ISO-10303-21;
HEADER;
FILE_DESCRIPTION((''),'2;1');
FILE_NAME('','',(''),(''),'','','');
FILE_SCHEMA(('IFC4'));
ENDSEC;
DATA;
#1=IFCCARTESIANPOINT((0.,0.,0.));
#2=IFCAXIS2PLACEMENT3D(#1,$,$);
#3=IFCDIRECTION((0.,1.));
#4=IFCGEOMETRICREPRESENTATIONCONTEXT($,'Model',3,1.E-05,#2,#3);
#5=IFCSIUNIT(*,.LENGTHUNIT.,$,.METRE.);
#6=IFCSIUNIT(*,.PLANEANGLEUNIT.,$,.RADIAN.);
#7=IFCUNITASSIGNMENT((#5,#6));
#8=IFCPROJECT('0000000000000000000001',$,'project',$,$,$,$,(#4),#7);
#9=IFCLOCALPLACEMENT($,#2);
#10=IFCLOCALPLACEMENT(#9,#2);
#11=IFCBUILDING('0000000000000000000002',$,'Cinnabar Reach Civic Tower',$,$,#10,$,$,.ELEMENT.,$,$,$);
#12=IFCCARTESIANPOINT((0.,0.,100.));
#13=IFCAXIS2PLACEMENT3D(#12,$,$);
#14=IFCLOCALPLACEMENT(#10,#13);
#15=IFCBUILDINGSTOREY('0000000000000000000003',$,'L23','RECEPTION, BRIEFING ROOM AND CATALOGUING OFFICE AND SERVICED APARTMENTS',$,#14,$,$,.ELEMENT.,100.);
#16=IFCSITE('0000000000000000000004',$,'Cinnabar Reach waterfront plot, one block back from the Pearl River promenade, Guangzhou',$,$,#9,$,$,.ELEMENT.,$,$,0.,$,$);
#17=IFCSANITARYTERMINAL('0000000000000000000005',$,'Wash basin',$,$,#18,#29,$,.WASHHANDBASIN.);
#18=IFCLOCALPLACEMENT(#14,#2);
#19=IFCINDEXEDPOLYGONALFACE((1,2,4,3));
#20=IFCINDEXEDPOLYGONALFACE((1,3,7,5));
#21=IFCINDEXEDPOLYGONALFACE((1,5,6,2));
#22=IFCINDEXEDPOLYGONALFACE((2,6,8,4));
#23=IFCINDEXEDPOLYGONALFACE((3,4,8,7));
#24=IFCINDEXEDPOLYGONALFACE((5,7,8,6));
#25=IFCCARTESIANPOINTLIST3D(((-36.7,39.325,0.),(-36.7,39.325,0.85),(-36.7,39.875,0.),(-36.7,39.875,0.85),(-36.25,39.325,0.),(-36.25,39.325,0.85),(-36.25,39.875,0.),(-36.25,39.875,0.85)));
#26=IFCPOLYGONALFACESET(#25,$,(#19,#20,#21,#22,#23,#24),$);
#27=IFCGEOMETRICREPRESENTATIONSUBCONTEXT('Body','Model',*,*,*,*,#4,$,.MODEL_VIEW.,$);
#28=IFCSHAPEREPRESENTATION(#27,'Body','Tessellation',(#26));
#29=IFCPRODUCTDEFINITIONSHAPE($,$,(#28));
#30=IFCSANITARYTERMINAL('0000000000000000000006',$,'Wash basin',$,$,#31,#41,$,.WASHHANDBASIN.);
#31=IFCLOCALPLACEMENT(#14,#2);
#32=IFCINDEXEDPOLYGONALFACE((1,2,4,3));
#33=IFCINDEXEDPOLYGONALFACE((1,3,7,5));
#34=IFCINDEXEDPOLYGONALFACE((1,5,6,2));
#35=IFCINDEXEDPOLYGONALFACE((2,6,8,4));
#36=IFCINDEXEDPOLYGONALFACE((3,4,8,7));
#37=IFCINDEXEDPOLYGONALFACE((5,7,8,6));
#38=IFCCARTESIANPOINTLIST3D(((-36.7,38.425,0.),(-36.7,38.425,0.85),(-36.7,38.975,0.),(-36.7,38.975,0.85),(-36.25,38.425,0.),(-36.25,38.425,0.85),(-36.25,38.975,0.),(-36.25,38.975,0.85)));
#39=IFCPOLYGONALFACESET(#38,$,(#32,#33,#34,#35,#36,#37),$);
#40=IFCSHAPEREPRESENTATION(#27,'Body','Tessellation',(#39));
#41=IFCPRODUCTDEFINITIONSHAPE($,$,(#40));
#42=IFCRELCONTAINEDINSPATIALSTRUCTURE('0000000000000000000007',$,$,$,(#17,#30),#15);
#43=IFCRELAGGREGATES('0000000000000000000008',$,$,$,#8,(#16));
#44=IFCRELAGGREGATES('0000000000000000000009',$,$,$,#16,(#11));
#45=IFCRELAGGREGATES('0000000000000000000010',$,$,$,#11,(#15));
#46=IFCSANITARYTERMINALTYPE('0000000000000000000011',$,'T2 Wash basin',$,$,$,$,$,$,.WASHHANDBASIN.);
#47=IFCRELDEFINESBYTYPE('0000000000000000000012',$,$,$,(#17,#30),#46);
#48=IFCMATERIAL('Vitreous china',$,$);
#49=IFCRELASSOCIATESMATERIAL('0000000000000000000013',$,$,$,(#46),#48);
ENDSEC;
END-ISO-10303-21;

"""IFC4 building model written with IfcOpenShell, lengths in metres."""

from ifc_helpers import new_model, si_unit, direction, frame, origin, origin_2d, place, context, subcontext, project, spatial, rectangle, extrude, material, type_object, element, save


model = new_model("IFC4")

# Units and contexts
model_context = context("Model", 3, precision=1e-05, world=origin(), true_north=direction((0.0, 1.0)))
body_context = subcontext(model_context, "Body", "Model", "MODEL_VIEW")
ifc_project = project(units=[si_unit("LENGTHUNIT", "METRE"), si_unit("PLANEANGLEUNIT", "RADIAN")], contexts=[model_context])

# Site, building, storey
site_placement = place(None, origin())
site = spatial("IfcSite", under=ifc_project, at=site_placement, Name="Cinnabar Reach waterfront plot, one block back from the Pearl River promenade, Guangzhou", CompositionType="ELEMENT", RefElevation=0.0)
building_placement = place(site_placement, origin())
building = spatial("IfcBuilding", under=site, at=building_placement, Name="Cinnabar Reach Civic Tower", CompositionType="ELEMENT")
storey_placement = place(building_placement, frame((0.0, 0.0, 100.0)))
storey = spatial("IfcBuildingStorey", under=building, at=storey_placement, Name="L23", Description="RECEPTION, BRIEFING ROOM AND CATALOGUING OFFICE AND SERVICED APARTMENTS", CompositionType="ELEMENT", Elevation=100.0)

# Sanitary terminals
ifc_material_1 = material(Name="Vitreous china")
sanitary_terminal_type_1 = type_object("IfcSanitaryTerminalType", Name="T2 Wash basin", PredefinedType="WASHHANDBASIN", material=ifc_material_1)
for number, where, z_axis, x_axis, name in (
    (1, (-36.475, 39.6, 0.0), (0.0, 0.0, 1.0), (1.0, 0.0, 0.0), "Wash basin"),
    (2, (-36.475, 38.7, 0.0), (0.0, 0.0, 1.0), (1.0, 0.0, 0.0), "Wash basin"),
):
    element("IfcSanitaryTerminal", number, at=place(storey_placement, frame(where, z_axis=z_axis, x_axis=x_axis)), inside=storey, type_object=sanitary_terminal_type_1, Name=name, PredefinedType="WASHHANDBASIN", context=body_context, shape_type="SweptSolid", body=[
        extrude(rectangle(XDim=0.45, YDim=0.55, at=origin_2d()), origin(), (0.0, 0.0, 1.0), 0.85),
    ])

save(model, "model.ifc")
